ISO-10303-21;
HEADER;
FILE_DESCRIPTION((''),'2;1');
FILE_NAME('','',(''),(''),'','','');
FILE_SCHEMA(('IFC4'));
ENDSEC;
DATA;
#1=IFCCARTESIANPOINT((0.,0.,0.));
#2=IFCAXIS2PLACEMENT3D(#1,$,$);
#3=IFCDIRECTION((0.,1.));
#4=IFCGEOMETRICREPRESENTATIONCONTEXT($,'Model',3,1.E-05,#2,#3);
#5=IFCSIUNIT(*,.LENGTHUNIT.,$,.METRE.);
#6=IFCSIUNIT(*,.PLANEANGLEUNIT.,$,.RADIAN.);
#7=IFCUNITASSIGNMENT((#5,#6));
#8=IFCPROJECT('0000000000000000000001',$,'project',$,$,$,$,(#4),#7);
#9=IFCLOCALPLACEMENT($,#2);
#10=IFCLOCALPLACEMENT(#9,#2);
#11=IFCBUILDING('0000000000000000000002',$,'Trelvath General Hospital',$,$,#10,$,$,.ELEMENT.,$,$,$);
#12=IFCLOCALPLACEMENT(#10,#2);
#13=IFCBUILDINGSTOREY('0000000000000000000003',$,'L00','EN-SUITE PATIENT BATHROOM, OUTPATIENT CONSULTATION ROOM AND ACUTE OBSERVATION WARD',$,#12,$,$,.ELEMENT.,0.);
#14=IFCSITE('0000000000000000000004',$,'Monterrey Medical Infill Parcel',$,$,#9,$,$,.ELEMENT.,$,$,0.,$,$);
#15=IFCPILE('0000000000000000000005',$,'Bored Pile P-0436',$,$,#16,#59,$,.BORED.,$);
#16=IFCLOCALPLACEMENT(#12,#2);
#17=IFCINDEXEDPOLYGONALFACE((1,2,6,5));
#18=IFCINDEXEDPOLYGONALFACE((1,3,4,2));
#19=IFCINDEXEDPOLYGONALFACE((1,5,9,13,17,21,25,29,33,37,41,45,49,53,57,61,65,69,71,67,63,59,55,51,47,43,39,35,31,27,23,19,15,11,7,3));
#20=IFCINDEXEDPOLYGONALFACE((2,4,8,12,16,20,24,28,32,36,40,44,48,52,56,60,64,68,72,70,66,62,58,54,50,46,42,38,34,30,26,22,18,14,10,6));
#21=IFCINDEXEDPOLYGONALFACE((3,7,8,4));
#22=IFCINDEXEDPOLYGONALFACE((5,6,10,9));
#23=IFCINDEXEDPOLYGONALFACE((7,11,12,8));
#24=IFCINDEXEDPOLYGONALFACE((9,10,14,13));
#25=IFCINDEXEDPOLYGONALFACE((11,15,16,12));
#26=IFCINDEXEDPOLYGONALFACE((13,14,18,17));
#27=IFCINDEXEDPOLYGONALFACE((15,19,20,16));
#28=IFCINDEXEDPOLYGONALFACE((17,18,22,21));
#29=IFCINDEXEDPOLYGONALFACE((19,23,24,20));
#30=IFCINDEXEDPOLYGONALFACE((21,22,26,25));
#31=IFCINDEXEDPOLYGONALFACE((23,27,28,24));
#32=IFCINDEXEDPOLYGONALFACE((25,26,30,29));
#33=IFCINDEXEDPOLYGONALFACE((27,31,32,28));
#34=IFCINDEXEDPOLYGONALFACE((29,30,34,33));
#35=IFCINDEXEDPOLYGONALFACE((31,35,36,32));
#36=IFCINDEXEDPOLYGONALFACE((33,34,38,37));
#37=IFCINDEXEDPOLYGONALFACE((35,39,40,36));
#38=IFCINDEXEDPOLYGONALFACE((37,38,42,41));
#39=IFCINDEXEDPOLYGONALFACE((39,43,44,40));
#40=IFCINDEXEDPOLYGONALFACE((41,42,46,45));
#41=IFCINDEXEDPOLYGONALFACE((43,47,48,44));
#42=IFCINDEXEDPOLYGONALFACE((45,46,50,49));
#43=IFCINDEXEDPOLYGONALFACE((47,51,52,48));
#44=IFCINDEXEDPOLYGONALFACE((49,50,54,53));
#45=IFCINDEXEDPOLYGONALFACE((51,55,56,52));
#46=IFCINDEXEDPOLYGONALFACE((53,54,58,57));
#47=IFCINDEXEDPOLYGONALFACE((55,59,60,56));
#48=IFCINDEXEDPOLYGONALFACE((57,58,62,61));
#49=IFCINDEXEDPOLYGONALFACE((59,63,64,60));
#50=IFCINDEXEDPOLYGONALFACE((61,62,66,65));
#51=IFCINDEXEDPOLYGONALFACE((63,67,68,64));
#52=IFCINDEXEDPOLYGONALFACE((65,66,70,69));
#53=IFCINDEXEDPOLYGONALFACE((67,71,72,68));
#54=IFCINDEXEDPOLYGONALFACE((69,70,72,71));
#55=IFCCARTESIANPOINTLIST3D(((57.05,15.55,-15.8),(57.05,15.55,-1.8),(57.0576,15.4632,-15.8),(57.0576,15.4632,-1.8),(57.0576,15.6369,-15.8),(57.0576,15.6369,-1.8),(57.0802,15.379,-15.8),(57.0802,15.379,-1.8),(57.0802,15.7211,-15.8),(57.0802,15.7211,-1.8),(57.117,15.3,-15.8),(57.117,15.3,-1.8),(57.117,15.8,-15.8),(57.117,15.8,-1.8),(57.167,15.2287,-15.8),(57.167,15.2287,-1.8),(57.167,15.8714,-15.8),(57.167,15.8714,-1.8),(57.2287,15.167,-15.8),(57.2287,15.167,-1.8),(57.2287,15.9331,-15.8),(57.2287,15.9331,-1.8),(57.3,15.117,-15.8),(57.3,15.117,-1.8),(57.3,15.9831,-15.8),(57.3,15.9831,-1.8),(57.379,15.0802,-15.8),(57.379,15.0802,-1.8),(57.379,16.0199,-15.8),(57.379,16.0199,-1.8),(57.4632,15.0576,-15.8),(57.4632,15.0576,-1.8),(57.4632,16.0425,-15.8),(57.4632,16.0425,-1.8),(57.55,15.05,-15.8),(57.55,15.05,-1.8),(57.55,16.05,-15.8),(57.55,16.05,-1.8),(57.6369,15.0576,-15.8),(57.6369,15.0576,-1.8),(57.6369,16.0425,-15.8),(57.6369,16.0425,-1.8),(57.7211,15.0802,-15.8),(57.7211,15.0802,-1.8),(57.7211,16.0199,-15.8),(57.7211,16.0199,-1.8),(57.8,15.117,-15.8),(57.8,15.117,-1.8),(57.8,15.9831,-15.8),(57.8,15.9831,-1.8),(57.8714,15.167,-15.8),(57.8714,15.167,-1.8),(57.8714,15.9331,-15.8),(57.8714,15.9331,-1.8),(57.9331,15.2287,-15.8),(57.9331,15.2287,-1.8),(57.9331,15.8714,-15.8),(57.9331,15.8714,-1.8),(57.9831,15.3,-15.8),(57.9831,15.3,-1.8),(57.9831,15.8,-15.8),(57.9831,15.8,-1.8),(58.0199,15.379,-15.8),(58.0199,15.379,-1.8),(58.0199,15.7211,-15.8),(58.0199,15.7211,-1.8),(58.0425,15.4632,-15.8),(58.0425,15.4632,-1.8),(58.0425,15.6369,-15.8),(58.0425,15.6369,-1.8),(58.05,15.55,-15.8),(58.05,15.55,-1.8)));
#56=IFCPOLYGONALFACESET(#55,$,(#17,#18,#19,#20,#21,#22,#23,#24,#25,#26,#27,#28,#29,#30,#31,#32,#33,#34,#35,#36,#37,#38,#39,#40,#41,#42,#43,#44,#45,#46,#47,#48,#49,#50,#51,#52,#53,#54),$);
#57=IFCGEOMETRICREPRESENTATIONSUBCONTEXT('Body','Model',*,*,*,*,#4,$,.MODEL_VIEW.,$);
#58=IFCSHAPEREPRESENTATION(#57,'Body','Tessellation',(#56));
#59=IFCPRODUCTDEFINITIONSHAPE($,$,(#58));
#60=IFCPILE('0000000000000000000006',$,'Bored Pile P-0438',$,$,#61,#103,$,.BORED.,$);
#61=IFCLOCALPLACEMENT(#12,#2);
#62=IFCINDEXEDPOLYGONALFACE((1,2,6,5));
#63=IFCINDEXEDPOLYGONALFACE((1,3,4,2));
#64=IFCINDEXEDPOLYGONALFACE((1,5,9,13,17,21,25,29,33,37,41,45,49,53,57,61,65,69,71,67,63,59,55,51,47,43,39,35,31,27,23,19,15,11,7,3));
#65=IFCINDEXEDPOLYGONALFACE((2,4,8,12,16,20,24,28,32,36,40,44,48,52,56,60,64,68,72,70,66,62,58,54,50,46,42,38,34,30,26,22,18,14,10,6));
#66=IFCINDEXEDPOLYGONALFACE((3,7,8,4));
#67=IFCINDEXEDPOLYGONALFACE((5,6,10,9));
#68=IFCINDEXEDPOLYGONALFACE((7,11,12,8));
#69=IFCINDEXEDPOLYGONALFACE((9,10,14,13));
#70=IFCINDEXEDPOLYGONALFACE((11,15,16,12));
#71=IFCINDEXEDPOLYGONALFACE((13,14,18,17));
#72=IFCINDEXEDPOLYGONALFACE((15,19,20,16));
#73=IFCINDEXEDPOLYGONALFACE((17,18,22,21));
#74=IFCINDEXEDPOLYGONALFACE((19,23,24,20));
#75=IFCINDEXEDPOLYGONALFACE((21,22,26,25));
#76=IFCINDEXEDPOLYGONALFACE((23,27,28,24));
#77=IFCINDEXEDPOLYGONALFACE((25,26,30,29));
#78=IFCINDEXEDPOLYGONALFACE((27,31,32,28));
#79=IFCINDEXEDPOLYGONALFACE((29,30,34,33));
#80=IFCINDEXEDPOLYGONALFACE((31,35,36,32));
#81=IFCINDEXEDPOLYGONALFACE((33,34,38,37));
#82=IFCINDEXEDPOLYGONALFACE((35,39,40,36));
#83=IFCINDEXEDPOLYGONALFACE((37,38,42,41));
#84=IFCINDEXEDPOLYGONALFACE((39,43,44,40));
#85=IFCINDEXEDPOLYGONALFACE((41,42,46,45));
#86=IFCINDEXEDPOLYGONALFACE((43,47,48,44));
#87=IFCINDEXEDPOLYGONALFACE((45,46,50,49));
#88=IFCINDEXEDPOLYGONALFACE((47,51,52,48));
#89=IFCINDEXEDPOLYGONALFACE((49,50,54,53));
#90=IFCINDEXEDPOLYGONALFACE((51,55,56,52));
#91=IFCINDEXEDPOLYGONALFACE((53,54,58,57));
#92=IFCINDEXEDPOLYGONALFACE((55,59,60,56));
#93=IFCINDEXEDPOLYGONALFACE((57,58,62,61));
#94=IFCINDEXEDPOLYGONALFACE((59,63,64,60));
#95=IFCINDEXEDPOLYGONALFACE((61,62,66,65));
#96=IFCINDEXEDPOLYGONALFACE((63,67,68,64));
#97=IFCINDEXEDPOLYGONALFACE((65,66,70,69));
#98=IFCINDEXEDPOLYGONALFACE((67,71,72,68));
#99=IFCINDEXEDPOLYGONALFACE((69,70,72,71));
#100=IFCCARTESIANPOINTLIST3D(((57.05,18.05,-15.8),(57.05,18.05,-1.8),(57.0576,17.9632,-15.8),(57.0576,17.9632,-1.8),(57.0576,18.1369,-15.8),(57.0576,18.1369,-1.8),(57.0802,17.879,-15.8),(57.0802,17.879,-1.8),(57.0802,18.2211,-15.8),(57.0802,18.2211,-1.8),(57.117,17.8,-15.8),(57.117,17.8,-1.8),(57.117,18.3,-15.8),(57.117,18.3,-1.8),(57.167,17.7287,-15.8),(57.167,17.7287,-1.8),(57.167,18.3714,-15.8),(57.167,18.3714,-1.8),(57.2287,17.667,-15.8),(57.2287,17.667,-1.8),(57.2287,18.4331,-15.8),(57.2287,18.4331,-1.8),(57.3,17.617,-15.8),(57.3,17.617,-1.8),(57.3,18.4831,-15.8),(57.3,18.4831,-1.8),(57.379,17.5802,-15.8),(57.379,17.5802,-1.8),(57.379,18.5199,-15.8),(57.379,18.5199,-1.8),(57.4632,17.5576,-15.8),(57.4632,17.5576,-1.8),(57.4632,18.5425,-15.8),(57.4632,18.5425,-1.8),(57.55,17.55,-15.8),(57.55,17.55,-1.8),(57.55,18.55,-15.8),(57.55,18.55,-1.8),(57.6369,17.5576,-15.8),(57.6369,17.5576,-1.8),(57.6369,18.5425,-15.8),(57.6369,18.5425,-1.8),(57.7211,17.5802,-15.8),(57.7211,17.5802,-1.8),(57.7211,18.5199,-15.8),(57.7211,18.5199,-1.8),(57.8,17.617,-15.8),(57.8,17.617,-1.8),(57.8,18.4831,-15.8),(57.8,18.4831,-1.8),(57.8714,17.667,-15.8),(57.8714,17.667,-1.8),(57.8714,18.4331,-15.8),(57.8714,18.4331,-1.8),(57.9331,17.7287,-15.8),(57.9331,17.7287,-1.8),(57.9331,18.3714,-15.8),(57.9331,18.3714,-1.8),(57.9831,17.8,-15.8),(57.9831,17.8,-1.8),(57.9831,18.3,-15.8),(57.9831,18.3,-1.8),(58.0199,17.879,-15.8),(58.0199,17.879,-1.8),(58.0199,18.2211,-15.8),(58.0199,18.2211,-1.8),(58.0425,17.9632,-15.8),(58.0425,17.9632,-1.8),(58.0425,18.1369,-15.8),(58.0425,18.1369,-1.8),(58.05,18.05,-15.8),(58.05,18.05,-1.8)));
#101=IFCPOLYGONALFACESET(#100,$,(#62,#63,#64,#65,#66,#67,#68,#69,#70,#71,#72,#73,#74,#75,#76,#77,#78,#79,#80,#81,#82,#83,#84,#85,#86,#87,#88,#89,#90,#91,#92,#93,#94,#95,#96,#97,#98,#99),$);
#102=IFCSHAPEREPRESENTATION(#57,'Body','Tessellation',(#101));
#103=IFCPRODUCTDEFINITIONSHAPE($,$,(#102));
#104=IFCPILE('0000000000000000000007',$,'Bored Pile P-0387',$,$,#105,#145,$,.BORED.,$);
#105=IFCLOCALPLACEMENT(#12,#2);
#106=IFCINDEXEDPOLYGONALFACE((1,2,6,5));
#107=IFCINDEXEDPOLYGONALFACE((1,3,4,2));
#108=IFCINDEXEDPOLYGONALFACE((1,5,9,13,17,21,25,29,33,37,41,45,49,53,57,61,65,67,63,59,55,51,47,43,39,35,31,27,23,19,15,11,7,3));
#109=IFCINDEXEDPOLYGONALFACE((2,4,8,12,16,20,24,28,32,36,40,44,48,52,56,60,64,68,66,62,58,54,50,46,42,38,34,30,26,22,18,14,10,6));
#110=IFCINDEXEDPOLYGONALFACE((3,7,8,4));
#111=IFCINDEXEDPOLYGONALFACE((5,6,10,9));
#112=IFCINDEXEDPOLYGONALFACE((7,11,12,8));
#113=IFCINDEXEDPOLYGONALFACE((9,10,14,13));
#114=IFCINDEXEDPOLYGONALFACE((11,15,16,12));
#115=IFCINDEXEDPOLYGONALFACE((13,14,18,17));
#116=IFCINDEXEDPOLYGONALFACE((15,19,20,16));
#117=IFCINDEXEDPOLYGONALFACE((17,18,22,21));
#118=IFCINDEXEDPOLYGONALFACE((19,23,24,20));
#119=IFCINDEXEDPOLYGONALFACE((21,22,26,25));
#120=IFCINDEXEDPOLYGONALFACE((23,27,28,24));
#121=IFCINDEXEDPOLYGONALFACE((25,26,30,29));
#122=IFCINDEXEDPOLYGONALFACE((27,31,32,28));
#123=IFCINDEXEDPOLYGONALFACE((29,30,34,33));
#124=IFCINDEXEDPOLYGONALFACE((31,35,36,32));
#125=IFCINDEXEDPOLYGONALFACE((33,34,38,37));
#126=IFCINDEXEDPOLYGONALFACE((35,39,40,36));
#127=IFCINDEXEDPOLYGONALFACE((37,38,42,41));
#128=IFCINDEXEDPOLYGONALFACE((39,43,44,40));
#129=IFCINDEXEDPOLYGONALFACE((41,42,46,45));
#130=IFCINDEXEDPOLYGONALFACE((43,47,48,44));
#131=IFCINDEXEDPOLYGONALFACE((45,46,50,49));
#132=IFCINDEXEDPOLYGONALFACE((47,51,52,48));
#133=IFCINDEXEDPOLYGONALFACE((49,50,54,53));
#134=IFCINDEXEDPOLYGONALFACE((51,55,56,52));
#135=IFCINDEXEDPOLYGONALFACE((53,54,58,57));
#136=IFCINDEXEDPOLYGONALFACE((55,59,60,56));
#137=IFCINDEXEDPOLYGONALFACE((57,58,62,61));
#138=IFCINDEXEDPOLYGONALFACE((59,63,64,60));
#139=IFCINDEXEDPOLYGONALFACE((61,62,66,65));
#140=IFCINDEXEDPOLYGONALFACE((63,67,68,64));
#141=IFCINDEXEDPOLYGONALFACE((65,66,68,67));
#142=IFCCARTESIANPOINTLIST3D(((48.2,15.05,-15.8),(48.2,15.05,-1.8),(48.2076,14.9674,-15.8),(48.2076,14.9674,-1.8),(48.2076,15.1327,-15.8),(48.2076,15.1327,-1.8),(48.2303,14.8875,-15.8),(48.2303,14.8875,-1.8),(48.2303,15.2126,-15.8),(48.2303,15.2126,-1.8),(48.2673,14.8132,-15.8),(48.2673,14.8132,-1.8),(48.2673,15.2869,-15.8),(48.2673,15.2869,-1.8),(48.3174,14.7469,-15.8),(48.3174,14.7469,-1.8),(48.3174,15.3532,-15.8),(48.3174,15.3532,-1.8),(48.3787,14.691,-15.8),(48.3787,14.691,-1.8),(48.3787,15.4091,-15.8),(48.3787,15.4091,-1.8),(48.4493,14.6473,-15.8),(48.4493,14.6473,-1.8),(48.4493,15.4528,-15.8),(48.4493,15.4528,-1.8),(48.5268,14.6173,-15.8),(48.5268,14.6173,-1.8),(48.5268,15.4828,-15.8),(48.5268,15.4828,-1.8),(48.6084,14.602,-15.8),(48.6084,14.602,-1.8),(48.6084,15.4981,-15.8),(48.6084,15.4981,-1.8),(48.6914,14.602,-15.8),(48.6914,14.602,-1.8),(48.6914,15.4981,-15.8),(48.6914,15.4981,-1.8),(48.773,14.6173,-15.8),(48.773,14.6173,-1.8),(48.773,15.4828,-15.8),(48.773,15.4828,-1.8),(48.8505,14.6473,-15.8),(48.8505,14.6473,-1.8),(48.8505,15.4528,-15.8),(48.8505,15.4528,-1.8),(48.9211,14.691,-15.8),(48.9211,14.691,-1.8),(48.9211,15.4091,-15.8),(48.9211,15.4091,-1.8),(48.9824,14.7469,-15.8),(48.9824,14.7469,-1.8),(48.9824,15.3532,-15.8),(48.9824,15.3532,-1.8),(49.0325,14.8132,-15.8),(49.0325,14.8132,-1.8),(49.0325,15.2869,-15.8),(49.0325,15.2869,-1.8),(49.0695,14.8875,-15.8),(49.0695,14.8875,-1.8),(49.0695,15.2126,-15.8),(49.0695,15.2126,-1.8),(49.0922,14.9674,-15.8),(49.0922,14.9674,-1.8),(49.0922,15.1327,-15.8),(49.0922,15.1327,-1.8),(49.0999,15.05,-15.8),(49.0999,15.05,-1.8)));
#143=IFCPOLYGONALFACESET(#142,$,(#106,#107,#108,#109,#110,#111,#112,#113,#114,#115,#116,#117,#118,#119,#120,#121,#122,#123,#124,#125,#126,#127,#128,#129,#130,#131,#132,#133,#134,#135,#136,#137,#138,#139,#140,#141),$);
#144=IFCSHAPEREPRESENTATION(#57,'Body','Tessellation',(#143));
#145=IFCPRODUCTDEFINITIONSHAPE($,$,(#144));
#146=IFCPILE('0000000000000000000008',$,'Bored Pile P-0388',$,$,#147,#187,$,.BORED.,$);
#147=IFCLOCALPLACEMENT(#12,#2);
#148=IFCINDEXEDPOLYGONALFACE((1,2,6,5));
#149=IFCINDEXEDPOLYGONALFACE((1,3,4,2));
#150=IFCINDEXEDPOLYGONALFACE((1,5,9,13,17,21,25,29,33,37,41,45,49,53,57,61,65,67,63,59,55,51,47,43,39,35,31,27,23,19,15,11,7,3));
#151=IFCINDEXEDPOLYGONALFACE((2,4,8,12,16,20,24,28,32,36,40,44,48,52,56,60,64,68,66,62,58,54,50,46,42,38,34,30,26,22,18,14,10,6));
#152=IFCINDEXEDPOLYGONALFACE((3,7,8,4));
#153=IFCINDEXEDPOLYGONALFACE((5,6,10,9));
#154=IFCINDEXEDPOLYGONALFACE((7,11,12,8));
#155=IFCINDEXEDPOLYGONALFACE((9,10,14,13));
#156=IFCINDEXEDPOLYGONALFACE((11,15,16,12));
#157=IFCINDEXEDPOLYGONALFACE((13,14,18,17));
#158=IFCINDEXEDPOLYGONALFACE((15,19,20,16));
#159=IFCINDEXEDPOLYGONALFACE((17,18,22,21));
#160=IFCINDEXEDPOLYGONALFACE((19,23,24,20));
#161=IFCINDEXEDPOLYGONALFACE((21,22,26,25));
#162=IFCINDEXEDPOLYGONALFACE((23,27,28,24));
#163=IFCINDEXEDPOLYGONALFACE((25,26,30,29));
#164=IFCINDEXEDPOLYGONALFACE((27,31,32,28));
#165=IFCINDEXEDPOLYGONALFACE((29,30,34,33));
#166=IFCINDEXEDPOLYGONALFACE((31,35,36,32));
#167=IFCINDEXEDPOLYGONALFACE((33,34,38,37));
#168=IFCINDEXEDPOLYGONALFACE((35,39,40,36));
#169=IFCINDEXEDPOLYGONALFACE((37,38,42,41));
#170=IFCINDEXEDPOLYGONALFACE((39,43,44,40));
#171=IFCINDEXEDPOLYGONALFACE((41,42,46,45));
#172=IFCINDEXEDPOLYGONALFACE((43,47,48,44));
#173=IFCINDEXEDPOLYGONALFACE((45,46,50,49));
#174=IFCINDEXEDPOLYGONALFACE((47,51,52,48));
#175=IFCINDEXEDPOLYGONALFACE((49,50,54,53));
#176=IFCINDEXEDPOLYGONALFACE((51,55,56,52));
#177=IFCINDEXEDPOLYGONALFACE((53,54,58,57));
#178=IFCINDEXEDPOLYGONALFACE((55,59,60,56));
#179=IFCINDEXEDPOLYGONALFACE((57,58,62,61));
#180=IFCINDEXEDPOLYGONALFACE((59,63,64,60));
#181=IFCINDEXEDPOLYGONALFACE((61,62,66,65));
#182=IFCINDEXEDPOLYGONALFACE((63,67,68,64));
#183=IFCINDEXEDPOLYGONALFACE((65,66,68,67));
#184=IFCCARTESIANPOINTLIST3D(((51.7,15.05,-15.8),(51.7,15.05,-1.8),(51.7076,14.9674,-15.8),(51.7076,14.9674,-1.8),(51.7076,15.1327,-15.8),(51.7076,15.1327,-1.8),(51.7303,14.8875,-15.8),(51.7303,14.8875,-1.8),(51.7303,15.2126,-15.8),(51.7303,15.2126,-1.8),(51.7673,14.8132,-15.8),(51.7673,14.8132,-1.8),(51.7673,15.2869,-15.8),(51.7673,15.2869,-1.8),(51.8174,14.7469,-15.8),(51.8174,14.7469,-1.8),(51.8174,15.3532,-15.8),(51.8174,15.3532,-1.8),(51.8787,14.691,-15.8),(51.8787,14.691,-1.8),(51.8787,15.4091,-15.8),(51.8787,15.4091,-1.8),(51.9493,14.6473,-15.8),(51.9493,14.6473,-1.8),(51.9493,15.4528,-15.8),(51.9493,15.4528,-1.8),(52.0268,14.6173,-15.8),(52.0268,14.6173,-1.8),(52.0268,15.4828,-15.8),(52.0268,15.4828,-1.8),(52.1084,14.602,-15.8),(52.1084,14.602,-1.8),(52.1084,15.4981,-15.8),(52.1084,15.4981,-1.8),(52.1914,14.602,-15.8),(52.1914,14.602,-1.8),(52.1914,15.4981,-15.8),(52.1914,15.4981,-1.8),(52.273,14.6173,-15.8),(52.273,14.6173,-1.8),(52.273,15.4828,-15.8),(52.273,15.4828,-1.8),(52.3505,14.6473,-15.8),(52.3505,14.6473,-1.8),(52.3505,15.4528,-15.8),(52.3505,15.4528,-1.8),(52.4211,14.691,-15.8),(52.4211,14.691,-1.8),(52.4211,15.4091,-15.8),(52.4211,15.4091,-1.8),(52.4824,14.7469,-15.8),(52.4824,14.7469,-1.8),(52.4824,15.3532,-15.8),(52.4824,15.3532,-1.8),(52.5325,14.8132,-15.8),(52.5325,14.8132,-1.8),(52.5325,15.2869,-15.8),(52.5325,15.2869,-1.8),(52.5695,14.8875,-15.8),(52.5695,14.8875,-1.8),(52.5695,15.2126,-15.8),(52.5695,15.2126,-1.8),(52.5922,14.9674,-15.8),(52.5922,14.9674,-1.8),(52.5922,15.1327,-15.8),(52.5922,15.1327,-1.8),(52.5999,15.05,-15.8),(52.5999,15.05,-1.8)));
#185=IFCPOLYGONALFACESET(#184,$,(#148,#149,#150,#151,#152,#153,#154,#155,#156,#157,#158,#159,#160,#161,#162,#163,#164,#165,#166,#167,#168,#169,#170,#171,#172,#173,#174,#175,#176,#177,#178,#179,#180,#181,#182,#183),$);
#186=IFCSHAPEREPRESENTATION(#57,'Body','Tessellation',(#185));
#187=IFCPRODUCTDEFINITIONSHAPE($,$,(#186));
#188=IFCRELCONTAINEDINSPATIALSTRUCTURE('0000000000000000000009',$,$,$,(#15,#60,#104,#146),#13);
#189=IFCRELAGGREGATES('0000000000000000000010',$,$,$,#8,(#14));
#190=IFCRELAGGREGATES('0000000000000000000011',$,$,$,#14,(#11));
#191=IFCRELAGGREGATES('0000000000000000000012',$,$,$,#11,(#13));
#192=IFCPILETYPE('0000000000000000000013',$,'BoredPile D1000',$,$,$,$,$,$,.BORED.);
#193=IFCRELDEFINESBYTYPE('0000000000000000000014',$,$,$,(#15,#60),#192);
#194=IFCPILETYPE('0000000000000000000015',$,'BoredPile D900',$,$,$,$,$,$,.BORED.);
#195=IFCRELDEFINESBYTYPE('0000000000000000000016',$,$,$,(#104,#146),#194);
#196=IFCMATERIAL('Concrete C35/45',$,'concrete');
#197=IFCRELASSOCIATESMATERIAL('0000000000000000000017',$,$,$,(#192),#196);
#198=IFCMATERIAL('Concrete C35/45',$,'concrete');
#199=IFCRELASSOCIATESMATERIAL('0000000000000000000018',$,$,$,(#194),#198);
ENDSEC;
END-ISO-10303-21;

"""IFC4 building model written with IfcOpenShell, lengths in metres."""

from ifc_helpers import new_model, si_unit, direction, frame, origin, origin_2d, place, context, subcontext, project, spatial, circle, extrude, material, material_profile, profile_set, type_object, element, save


model = new_model("IFC4")

# Units and contexts
model_context = context("Model", 3, precision=1e-05, world=origin(), true_north=direction((0.0, 1.0)))
body_context = subcontext(model_context, "Body", "Model", "MODEL_VIEW")
ifc_project = project(units=[si_unit("LENGTHUNIT", "METRE"), si_unit("PLANEANGLEUNIT", "RADIAN")], contexts=[model_context])

# Site, building, storey
site_placement = place(None, origin())
site = spatial("IfcSite", under=ifc_project, at=site_placement, Name="Monterrey Medical Infill Parcel", CompositionType="ELEMENT", RefElevation=0.0)
building_placement = place(site_placement, origin())
building = spatial("IfcBuilding", under=site, at=building_placement, Name="Trelvath General Hospital", CompositionType="ELEMENT")
storey_placement = place(building_placement, origin())
storey = spatial("IfcBuildingStorey", under=building, at=storey_placement, Name="L00", Description="EN-SUITE PATIENT BATHROOM, OUTPATIENT CONSULTATION ROOM AND ACUTE OBSERVATION WARD", CompositionType="ELEMENT", Elevation=0.0)

# Piles
ifc_material_1 = material(Name="Concrete C35/45", Category="concrete")
ifc_material_profile_1 = material_profile(ifc_material_1, circle(Radius=0.5, at=origin_2d()), Name="PILE1000")
ifc_profile_set_1 = profile_set([ifc_material_profile_1], Name="Concrete C35/45")
pile_type_1 = type_object("IfcPileType", Name="BoredPile D1000", PredefinedType="BORED", material=ifc_profile_set_1)
for number, where, z_axis, x_axis, name in (
    (1, (57.55, 15.55, -1.8), (0.0, 0.0, -1.0), (1.0, 0.0, 0.0), "Bored Pile P-0436"),
    (2, (57.55, 18.05, -1.8), (0.0, 0.0, -1.0), (1.0, 0.0, 0.0), "Bored Pile P-0438"),
):
    element("IfcPile", number, at=place(storey_placement, frame(where, z_axis=z_axis, x_axis=x_axis)), inside=storey, type_object=pile_type_1, Name=name, PredefinedType="BORED", context=body_context, shape_type="SweptSolid", body=[
        extrude(circle(Radius=0.5, at=origin_2d()), origin(), (0.0, 0.0, 1.0), 14.0),
    ])
ifc_material_2 = material(Name="Concrete C35/45", Category="concrete")
ifc_material_profile_2 = material_profile(ifc_material_2, circle(Radius=0.45, at=origin_2d()), Name="PILE900")
ifc_profile_set_2 = profile_set([ifc_material_profile_2], Name="Concrete C35/45")
pile_type_2 = type_object("IfcPileType", Name="BoredPile D900", PredefinedType="BORED", material=ifc_profile_set_2)
for number, where, z_axis, x_axis, name in (
    (3, (48.6499, 15.05, -1.8), (0.0, 0.0, -1.0), (1.0, 0.0, 0.0), "Bored Pile P-0387"),
    (4, (52.1499, 15.05, -1.8), (0.0, 0.0, -1.0), (1.0, 0.0, 0.0), "Bored Pile P-0388"),
):
    element("IfcPile", number, at=place(storey_placement, frame(where, z_axis=z_axis, x_axis=x_axis)), inside=storey, type_object=pile_type_2, Name=name, PredefinedType="BORED", context=body_context, shape_type="SweptSolid", body=[
        extrude(circle(Radius=0.45, at=origin_2d()), origin(), (0.0, 0.0, 1.0), 14.0),
    ])

save(model, "model.ifc")
